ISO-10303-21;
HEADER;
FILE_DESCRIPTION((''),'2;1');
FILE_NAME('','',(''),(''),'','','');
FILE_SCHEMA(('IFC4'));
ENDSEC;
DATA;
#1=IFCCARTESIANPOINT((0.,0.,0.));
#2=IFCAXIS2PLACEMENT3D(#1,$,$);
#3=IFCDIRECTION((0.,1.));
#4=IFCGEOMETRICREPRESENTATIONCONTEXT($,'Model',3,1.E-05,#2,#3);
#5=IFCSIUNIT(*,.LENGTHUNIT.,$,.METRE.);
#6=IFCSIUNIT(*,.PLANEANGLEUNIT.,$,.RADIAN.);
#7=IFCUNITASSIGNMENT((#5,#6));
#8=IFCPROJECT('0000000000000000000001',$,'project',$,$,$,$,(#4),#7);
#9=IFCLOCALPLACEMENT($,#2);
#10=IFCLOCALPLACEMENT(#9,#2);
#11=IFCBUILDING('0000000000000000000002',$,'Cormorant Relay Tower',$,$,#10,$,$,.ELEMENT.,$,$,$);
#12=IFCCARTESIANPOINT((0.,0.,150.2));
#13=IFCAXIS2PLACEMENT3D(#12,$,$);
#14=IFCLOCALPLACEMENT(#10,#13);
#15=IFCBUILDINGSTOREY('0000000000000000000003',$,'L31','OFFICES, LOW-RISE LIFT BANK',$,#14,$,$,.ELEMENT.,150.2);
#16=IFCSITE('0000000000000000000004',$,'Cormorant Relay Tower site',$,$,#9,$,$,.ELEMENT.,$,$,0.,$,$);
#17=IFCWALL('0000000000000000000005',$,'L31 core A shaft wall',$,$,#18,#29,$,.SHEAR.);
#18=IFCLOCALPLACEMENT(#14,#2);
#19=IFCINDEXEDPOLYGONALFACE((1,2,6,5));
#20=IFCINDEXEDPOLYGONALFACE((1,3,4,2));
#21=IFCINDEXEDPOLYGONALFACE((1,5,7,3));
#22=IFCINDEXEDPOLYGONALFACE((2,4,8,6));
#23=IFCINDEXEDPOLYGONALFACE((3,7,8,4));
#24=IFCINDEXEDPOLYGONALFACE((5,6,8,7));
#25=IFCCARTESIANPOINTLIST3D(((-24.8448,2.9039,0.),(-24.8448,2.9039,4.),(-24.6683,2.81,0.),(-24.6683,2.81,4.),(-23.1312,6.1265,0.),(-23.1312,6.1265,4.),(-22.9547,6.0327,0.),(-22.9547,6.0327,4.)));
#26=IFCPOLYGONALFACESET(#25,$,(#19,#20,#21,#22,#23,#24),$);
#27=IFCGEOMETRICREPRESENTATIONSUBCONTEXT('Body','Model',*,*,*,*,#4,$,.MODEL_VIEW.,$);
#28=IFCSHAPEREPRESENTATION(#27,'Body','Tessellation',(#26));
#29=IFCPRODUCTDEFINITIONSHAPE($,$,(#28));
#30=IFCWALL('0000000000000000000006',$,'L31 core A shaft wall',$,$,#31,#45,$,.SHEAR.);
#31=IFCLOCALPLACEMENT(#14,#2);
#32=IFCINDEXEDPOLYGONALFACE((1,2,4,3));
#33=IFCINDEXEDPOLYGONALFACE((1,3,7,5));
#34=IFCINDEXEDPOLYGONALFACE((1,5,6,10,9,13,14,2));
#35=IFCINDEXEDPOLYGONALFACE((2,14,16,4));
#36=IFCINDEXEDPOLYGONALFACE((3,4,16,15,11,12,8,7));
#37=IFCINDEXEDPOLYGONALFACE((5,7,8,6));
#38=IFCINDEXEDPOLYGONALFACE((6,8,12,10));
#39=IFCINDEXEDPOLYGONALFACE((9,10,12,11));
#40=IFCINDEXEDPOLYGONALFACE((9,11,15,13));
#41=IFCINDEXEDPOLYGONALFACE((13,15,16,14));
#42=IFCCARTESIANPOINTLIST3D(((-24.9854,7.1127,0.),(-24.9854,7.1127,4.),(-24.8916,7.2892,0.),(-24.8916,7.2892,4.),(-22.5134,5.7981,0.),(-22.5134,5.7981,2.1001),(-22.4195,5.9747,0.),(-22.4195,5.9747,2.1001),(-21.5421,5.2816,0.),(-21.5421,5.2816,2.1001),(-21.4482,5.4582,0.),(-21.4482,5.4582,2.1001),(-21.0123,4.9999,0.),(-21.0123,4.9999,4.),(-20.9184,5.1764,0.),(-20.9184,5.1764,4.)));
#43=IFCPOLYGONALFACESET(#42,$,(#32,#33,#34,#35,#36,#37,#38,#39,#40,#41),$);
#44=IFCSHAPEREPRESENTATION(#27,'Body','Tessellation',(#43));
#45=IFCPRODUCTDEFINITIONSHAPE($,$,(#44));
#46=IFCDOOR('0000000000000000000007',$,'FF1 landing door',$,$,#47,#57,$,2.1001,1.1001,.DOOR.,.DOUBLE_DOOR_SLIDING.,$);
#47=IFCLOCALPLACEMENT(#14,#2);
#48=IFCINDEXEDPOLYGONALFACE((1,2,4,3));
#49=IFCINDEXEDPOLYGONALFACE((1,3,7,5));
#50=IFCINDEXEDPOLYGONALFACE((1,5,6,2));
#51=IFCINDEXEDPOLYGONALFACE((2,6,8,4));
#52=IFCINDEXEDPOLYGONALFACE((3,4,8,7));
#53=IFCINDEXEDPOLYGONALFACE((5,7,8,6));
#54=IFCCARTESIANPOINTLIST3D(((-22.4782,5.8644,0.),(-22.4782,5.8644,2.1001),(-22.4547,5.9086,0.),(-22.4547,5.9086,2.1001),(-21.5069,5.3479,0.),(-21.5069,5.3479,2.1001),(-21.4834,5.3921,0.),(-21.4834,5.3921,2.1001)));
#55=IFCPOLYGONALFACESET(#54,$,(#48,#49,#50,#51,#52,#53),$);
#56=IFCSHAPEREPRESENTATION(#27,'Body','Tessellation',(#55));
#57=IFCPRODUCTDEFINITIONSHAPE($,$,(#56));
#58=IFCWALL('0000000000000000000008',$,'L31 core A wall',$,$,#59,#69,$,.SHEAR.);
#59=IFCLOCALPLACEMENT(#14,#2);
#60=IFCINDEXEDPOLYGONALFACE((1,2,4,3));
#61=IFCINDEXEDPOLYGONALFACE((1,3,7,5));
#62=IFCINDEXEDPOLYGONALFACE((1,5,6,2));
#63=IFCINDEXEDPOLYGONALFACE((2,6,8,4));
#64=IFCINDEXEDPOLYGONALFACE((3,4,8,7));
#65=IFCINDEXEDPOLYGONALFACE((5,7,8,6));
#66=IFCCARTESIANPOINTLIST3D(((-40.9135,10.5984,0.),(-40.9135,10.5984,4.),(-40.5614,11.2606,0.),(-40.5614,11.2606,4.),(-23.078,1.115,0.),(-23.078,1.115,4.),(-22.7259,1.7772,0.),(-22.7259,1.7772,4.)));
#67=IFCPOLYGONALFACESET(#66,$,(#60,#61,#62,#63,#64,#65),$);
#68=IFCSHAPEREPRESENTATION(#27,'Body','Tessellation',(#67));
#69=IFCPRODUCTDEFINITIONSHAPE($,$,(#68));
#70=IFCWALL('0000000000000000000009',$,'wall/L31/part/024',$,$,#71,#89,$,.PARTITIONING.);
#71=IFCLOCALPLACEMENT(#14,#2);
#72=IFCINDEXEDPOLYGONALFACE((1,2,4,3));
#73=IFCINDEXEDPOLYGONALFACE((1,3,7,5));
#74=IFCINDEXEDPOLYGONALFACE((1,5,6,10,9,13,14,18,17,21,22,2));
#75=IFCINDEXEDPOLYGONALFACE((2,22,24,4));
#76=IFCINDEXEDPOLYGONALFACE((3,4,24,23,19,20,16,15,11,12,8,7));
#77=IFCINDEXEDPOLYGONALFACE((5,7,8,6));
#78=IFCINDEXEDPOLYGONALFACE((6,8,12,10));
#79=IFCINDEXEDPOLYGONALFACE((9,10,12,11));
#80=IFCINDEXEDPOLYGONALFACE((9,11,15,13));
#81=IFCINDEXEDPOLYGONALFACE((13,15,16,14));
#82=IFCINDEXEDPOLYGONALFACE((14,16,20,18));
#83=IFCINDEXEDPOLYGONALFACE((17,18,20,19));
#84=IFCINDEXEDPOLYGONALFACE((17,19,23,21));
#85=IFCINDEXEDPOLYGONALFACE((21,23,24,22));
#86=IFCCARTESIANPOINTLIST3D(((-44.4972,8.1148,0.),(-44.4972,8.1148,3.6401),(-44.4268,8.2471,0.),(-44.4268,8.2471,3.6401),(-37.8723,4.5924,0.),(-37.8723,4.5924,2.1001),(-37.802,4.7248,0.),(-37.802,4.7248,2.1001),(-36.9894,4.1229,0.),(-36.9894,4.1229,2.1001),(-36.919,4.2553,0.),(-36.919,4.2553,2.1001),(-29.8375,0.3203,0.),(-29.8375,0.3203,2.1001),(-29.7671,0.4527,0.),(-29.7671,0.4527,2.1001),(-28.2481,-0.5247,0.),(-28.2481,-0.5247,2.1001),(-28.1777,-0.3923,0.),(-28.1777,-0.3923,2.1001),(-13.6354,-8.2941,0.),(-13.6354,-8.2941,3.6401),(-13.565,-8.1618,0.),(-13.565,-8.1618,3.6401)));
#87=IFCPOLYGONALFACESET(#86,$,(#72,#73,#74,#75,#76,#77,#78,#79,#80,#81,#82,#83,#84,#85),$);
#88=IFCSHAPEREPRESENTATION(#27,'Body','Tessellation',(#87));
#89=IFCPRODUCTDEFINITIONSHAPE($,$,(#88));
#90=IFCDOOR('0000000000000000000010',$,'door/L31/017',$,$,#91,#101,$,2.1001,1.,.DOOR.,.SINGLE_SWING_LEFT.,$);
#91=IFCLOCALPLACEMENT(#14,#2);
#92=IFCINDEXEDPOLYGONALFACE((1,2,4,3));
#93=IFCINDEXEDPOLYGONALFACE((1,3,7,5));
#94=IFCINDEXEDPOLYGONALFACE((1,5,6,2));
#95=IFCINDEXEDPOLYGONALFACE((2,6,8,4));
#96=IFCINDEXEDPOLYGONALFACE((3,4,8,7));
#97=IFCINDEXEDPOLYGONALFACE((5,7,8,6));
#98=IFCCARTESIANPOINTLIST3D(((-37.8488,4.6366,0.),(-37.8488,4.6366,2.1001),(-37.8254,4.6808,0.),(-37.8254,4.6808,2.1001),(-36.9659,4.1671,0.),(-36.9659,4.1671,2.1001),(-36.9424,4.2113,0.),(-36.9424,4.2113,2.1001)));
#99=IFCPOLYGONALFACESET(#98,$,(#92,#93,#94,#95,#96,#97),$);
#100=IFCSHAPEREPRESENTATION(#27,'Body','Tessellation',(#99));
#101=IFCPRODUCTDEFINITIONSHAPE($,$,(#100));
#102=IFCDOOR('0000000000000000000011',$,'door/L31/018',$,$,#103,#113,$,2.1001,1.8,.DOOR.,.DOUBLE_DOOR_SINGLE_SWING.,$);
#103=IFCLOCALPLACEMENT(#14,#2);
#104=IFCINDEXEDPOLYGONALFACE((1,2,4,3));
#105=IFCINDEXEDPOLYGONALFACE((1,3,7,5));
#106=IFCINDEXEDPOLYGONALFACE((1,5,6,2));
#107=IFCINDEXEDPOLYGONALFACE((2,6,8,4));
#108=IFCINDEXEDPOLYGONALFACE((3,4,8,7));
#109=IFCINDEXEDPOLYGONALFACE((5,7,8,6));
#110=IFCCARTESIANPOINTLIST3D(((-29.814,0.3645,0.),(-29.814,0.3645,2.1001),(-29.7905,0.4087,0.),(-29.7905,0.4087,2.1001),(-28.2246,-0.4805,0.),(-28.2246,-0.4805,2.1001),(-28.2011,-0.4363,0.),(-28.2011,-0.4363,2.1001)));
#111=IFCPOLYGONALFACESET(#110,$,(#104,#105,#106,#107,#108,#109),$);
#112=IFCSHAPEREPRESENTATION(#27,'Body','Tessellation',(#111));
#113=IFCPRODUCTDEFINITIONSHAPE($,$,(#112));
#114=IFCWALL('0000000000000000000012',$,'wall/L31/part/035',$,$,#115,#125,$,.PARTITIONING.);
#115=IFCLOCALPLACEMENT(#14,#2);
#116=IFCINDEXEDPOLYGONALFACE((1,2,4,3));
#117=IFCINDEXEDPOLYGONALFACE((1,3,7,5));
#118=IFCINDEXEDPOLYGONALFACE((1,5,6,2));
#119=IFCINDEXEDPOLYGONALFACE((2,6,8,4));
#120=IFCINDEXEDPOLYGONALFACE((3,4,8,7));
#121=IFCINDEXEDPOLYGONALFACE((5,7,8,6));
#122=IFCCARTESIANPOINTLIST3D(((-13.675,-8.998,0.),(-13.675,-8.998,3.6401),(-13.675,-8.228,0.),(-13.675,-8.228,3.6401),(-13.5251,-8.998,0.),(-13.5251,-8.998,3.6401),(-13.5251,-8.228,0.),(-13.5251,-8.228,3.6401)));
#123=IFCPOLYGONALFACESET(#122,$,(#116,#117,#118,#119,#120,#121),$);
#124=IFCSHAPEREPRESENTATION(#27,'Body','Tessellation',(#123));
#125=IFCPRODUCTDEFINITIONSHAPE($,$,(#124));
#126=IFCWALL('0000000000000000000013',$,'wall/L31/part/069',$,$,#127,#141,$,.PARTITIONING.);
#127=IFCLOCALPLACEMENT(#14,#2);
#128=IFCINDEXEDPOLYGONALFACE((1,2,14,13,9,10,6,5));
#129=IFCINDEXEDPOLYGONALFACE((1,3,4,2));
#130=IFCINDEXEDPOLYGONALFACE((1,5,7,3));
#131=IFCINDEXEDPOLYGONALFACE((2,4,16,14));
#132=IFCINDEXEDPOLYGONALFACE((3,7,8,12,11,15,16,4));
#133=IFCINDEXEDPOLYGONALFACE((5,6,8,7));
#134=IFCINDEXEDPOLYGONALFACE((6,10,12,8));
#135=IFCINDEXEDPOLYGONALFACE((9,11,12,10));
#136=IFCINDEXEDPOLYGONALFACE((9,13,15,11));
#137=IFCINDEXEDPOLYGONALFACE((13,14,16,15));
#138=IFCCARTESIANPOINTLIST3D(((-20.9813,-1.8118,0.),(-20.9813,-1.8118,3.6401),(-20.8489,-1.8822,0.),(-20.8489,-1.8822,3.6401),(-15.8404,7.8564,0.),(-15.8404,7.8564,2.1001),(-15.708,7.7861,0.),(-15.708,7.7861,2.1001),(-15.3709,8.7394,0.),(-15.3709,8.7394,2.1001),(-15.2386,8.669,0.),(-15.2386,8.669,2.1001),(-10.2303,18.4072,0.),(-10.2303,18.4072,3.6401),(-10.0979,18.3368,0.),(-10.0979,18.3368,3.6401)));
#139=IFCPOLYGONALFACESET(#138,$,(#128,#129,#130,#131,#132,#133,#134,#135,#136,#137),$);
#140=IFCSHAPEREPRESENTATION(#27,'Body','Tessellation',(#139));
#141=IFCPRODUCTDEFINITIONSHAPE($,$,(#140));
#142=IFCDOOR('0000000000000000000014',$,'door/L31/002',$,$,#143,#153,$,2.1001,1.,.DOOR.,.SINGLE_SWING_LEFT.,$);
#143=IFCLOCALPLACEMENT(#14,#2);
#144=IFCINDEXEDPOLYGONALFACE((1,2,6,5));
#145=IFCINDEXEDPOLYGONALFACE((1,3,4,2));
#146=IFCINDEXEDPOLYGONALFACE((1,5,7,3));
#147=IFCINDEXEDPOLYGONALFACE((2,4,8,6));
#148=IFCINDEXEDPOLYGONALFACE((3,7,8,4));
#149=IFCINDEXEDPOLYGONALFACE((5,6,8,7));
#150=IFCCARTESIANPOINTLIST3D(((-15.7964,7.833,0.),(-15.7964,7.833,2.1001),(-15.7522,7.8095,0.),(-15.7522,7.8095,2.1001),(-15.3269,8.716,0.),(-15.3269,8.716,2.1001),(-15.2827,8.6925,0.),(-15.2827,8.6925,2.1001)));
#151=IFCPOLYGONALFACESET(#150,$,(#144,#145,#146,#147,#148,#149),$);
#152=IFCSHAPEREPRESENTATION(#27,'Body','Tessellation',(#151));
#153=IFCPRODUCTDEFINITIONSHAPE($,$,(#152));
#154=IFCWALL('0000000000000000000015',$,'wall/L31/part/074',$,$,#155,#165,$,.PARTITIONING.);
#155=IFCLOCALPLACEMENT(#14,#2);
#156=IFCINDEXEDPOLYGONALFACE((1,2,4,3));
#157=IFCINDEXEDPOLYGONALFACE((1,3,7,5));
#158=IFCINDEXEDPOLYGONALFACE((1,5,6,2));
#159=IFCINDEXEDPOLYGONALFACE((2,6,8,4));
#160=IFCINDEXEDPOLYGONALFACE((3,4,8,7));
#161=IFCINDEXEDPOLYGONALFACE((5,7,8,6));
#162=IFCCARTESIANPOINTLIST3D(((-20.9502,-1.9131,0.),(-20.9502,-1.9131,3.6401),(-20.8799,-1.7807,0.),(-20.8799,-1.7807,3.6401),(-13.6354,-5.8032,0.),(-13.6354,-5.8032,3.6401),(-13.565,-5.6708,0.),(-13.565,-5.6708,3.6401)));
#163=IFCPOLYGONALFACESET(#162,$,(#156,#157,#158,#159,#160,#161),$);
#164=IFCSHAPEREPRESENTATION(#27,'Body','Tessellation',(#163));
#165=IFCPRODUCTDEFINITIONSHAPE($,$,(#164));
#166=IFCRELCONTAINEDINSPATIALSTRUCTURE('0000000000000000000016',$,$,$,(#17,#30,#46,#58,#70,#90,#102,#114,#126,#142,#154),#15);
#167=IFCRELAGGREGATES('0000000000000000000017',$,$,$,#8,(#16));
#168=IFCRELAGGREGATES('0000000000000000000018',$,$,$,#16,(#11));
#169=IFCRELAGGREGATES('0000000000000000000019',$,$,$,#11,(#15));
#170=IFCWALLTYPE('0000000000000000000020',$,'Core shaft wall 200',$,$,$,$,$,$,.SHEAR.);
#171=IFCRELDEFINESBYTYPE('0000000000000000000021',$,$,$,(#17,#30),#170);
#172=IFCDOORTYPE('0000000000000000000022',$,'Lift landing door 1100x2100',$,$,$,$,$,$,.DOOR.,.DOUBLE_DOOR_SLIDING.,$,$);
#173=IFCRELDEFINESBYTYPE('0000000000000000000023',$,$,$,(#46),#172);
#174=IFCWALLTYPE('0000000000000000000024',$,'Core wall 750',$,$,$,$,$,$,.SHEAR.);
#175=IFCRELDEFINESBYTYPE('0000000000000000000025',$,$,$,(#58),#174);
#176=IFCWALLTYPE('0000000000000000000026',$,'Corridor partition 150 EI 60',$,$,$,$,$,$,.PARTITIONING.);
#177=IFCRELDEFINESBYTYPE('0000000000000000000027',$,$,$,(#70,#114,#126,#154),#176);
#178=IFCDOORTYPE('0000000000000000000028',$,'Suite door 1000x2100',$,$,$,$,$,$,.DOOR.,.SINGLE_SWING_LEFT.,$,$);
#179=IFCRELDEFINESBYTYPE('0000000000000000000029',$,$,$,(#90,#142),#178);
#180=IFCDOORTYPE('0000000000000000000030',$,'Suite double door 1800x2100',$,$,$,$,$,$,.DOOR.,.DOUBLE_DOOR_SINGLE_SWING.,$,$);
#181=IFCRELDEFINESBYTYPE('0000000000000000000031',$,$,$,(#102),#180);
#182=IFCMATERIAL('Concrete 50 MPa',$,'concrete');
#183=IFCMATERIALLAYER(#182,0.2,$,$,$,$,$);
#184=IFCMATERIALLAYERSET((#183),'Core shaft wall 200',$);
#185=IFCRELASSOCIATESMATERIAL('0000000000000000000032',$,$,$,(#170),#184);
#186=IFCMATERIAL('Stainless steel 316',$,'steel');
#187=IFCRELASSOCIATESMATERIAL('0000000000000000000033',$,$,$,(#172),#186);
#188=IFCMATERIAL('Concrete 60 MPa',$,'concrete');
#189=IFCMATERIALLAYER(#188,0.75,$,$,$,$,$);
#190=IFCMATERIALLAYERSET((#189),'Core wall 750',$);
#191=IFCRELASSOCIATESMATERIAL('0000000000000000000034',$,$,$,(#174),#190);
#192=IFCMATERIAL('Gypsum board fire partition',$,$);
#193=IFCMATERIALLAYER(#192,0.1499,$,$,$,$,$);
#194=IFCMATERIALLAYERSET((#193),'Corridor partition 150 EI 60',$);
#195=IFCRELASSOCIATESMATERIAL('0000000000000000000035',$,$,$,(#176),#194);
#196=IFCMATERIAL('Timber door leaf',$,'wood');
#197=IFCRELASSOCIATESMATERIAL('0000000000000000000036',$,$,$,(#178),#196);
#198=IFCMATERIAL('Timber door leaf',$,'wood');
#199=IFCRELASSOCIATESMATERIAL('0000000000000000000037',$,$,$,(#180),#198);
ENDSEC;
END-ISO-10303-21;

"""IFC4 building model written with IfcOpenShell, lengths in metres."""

from ifc_helpers import new_model, si_unit, direction, frame, frame_2d, origin, place, context, subcontext, project, spatial, rectangle, extrude, material, layer, layer_set, type_object, element, fill, save


model = new_model("IFC4")

# Units and contexts
model_context = context("Model", 3, precision=1e-05, world=origin(), true_north=direction((0.0, 1.0)))
body_context = subcontext(model_context, "Body", "Model", "MODEL_VIEW")
ifc_project = project(units=[si_unit("LENGTHUNIT", "METRE"), si_unit("PLANEANGLEUNIT", "RADIAN")], contexts=[model_context])

# Site, building, storey
site_placement = place(None, origin())
site = spatial("IfcSite", under=ifc_project, at=site_placement, Name="Cormorant Relay Tower site", CompositionType="ELEMENT", RefElevation=0.0)
building_placement = place(site_placement, origin())
building = spatial("IfcBuilding", under=site, at=building_placement, Name="Cormorant Relay Tower", CompositionType="ELEMENT")
storey_placement = place(building_placement, frame((0.0, 0.0, 150.2)))
storey = spatial("IfcBuildingStorey", under=building, at=storey_placement, Name="L31", Description="OFFICES, LOW-RISE LIFT BANK", CompositionType="ELEMENT", Elevation=150.2)

# Wall
ifc_material_1 = material(Name="Concrete 50 MPa", Category="concrete")
ifc_layer_1 = layer(ifc_material_1, 0.2)
ifc_layer_set_1 = layer_set([ifc_layer_1], Name="Core shaft wall 200")
wall_type_1 = type_object("IfcWallType", Name="Core shaft wall 200", PredefinedType="SHEAR", material=ifc_layer_set_1)
wall_1_placement = place(storey_placement, frame((-23.043, 6.0796, 0.0), z_axis=(0.0, 0.0, 1.0), x_axis=(-0.469494, -0.882936, 0.0)))
element("IfcWall", 1, at=wall_1_placement, inside=storey, type_object=wall_type_1, Name="L31 core A shaft wall", PredefinedType="SHEAR", context=body_context, shape_type="SweptSolid", body=[
    extrude(rectangle(XDim=3.6499, YDim=0.2, at=frame_2d((1.825, 0.0))), origin(), (0.0, 0.0, 1.0), 4.0),
])

# Wall, opening, door
wall_2_placement = place(storey_placement, frame((-20.9653, 5.0881, 0.0), z_axis=(0.0, 0.0, 1.0), x_axis=(-0.882926, 0.469512, 0.0)))
wall_2 = element("IfcWall", 2, at=wall_2_placement, inside=storey, type_object=wall_type_1, Name="L31 core A shaft wall", PredefinedType="SHEAR", context=body_context, shape_type="SweptSolid", body=[
    extrude(rectangle(XDim=4.5, YDim=0.2, at=frame_2d((2.25, 0.0))), origin(), (0.0, 0.0, 1.0), 4.0),
])
opening_1_placement = place(wall_2_placement, frame((0.6001, 0.0, 0.0)))
opening_1 = element("IfcOpeningElement", 3, at=opening_1_placement, cuts=wall_2, PredefinedType="OPENING", context=body_context, shape_type="SweptSolid", body=[
    extrude(rectangle(XDim=1.1001, YDim=2.1001, at=frame_2d((0.55, 1.05))), frame((0.0, 0.1099, 0.0), z_axis=(0.0, -1.0, 0.0), x_axis=(1.0, 0.0, 0.0)), (0.0, 0.0, 1.0), 0.22),
])
ifc_material_2 = material(Name="Stainless steel 316", Category="steel")
door_type_1 = type_object("IfcDoorType", Name="Lift landing door 1100x2100", OperationType="DOUBLE_DOOR_SLIDING", PredefinedType="DOOR", material=ifc_material_2)
door_1_placement = place(opening_1_placement, origin())
door_1 = element("IfcDoor", 4, at=door_1_placement, inside=storey, type_object=door_type_1, Name="FF1 landing door", OperationType="DOUBLE_DOOR_SLIDING", OverallHeight=2.1001, OverallWidth=1.1001, PredefinedType="DOOR", context=body_context, shape_type="SweptSolid", body=[
    extrude(rectangle(XDim=1.1001, YDim=2.1001, at=frame_2d((0.55, 1.05))), frame((0.0, 0.0249, 0.0), z_axis=(0.0, -1.0, 0.0), x_axis=(1.0, 0.0, 0.0)), (0.0, 0.0, 1.0), 0.05),
])
fill(opening_1, door_1)

# Wall
ifc_material_3 = material(Name="Concrete 60 MPa", Category="concrete")
ifc_layer_2 = layer(ifc_material_3, 0.75)
ifc_layer_set_2 = layer_set([ifc_layer_2], Name="Core wall 750")
wall_type_2 = type_object("IfcWallType", Name="Core wall 750", PredefinedType="SHEAR", material=ifc_layer_set_2)
wall_3_placement = place(storey_placement, frame((-22.9019, 1.446, 0.0), z_axis=(0.0, 0.0, 1.0), x_axis=(-0.882945, 0.469476, 0.0)))
element("IfcWall", 5, at=wall_3_placement, inside=storey, type_object=wall_type_2, Name="L31 core A wall", PredefinedType="SHEAR", context=body_context, shape_type="SweptSolid", body=[
    extrude(rectangle(XDim=20.2, YDim=0.75, at=frame_2d((10.1001, 0.0))), origin(), (0.0, 0.0, 1.0), 4.0),
])

# Wall, openings, doors
ifc_material_4 = material(Name="Gypsum board fire partition")
ifc_layer_3 = layer(ifc_material_4, 0.1499)
ifc_layer_set_3 = layer_set([ifc_layer_3], Name="Corridor partition 150 EI 60")
wall_type_3 = type_object("IfcWallType", Name="Corridor partition 150 EI 60", PredefinedType="PARTITIONING", material=ifc_layer_set_3)
wall_4_placement = place(storey_placement, frame((-13.6001, -8.228, 0.0), z_axis=(0.0, 0.0, 1.0), x_axis=(-0.882955, 0.469459, 0.0)))
wall_4 = element("IfcWall", 6, at=wall_4_placement, inside=storey, type_object=wall_type_3, Name="wall/L31/part/024", PredefinedType="PARTITIONING", context=body_context, shape_type="SweptSolid", body=[
    extrude(rectangle(XDim=34.9529, YDim=0.1499, at=frame_2d((17.4766, 0.0))), origin(), (0.0, 0.0, 1.0), 3.6401),
])
opening_2_placement = place(wall_4_placement, frame((26.45, 0.0, 0.0)))
opening_2 = element("IfcOpeningElement", 7, at=opening_2_placement, cuts=wall_4, PredefinedType="OPENING", context=body_context, shape_type="SweptSolid", body=[
    extrude(rectangle(XDim=1.0, YDim=2.1001, at=frame_2d((0.5, 1.05))), frame((0.0, 0.085, 0.0), z_axis=(0.0, -1.0, 0.0), x_axis=(1.0, 0.0, 0.0)), (0.0, 0.0, 1.0), 0.1699),
])
opening_3_placement = place(wall_4_placement, frame((16.55, 0.0, 0.0)))
opening_3 = element("IfcOpeningElement", 8, at=opening_3_placement, cuts=wall_4, PredefinedType="OPENING", context=body_context, shape_type="SweptSolid", body=[
    extrude(rectangle(XDim=1.8, YDim=2.1001, at=frame_2d((0.8999, 1.05))), frame((0.0, 0.085, 0.0), z_axis=(0.0, -1.0, 0.0), x_axis=(1.0, 0.0, 0.0)), (0.0, 0.0, 1.0), 0.1699),
])
ifc_material_5 = material(Name="Timber door leaf", Category="wood")
door_type_2 = type_object("IfcDoorType", Name="Suite door 1000x2100", OperationType="SINGLE_SWING_LEFT", PredefinedType="DOOR", material=ifc_material_5)
door_2_placement = place(opening_2_placement, origin())
door_2 = element("IfcDoor", 9, at=door_2_placement, inside=storey, type_object=door_type_2, Name="door/L31/017", OperationType="SINGLE_SWING_LEFT", OverallHeight=2.1001, OverallWidth=1.0, PredefinedType="DOOR", context=body_context, shape_type="SweptSolid", body=[
    extrude(rectangle(XDim=1.0, YDim=2.1001, at=frame_2d((0.5, 1.05))), frame((0.0, 0.0249, 0.0), z_axis=(0.0, -1.0, 0.0), x_axis=(1.0, 0.0, 0.0)), (0.0, 0.0, 1.0), 0.05),
])
fill(opening_2, door_2)
ifc_material_6 = material(Name="Timber door leaf", Category="wood")
door_type_3 = type_object("IfcDoorType", Name="Suite double door 1800x2100", OperationType="DOUBLE_DOOR_SINGLE_SWING", PredefinedType="DOOR", material=ifc_material_6)
door_3_placement = place(opening_3_placement, origin())
door_3 = element("IfcDoor", 10, at=door_3_placement, inside=storey, type_object=door_type_3, Name="door/L31/018", OperationType="DOUBLE_DOOR_SINGLE_SWING", OverallHeight=2.1001, OverallWidth=1.8, PredefinedType="DOOR", context=body_context, shape_type="SweptSolid", body=[
    extrude(rectangle(XDim=1.8, YDim=2.1001, at=frame_2d((0.8999, 1.05))), frame((0.0, 0.0249, 0.0), z_axis=(0.0, -1.0, 0.0), x_axis=(1.0, 0.0, 0.0)), (0.0, 0.0, 1.0), 0.05),
])
fill(opening_3, door_3)

# Wall
wall_5_placement = place(storey_placement, frame((-13.6001, -8.228, 0.0), z_axis=(0.0, 0.0, 1.0), x_axis=(0.0, -1.0, 0.0)))
element("IfcWall", 11, at=wall_5_placement, inside=storey, type_object=wall_type_3, Name="wall/L31/part/035", PredefinedType="PARTITIONING", context=body_context, shape_type="SweptSolid", body=[
    extrude(rectangle(XDim=0.77, YDim=0.1499, at=frame_2d((0.385, 0.0))), origin(), (0.0, 0.0, 1.0), 3.6401),
])

# Wall, opening, door
wall_6_placement = place(storey_placement, frame((-20.915, -1.8469, 0.0), z_axis=(0.0, 0.0, 1.0), x_axis=(0.469483, 0.882941, 0.0)))
wall_6 = element("IfcWall", 12, at=wall_6_placement, inside=storey, type_object=wall_type_3, Name="wall/L31/part/069", PredefinedType="PARTITIONING", context=body_context, shape_type="SweptSolid", body=[
    extrude(rectangle(XDim=22.8997, YDim=0.1499, at=frame_2d((11.4497, 0.0))), origin(), (0.0, 0.0, 1.0), 3.6401),
])
opening_4_placement = place(wall_6_placement, frame((10.95, 0.0, 0.0)))
opening_4 = element("IfcOpeningElement", 13, at=opening_4_placement, cuts=wall_6, PredefinedType="OPENING", context=body_context, shape_type="SweptSolid", body=[
    extrude(rectangle(XDim=1.0, YDim=2.1001, at=frame_2d((0.5, 1.05))), frame((0.0, 0.085, 0.0), z_axis=(0.0, -1.0, 0.0), x_axis=(1.0, 0.0, 0.0)), (0.0, 0.0, 1.0), 0.1699),
])
door_4_placement = place(opening_4_placement, frame((1.0, 0.0, 0.0), z_axis=(0.0, 0.0, 1.0), x_axis=(-1.0, 0.0, 0.0)))
door_4 = element("IfcDoor", 14, at=door_4_placement, inside=storey, type_object=door_type_2, Name="door/L31/002", OperationType="SINGLE_SWING_LEFT", OverallHeight=2.1001, OverallWidth=1.0, PredefinedType="DOOR", context=body_context, shape_type="SweptSolid", body=[
    extrude(rectangle(XDim=1.0, YDim=2.1001, at=frame_2d((0.5, 1.05))), frame((0.0, 0.0249, 0.0), z_axis=(0.0, -1.0, 0.0), x_axis=(1.0, 0.0, 0.0)), (0.0, 0.0, 1.0), 0.05),
])
fill(opening_4, door_4)

# Wall
wall_7_placement = place(storey_placement, frame((-13.6001, -5.7371, 0.0), z_axis=(0.0, 0.0, 1.0), x_axis=(-0.882912, 0.469539, 0.0)))
element("IfcWall", 15, at=wall_7_placement, inside=storey, type_object=wall_type_3, Name="wall/L31/part/074", PredefinedType="PARTITIONING", context=body_context, shape_type="SweptSolid", body=[
    extrude(rectangle(XDim=8.2849, YDim=0.1499, at=frame_2d((4.1426, 0.0))), origin(), (0.0, 0.0, 1.0), 3.6401),
])

save(model, "model.ifc")
